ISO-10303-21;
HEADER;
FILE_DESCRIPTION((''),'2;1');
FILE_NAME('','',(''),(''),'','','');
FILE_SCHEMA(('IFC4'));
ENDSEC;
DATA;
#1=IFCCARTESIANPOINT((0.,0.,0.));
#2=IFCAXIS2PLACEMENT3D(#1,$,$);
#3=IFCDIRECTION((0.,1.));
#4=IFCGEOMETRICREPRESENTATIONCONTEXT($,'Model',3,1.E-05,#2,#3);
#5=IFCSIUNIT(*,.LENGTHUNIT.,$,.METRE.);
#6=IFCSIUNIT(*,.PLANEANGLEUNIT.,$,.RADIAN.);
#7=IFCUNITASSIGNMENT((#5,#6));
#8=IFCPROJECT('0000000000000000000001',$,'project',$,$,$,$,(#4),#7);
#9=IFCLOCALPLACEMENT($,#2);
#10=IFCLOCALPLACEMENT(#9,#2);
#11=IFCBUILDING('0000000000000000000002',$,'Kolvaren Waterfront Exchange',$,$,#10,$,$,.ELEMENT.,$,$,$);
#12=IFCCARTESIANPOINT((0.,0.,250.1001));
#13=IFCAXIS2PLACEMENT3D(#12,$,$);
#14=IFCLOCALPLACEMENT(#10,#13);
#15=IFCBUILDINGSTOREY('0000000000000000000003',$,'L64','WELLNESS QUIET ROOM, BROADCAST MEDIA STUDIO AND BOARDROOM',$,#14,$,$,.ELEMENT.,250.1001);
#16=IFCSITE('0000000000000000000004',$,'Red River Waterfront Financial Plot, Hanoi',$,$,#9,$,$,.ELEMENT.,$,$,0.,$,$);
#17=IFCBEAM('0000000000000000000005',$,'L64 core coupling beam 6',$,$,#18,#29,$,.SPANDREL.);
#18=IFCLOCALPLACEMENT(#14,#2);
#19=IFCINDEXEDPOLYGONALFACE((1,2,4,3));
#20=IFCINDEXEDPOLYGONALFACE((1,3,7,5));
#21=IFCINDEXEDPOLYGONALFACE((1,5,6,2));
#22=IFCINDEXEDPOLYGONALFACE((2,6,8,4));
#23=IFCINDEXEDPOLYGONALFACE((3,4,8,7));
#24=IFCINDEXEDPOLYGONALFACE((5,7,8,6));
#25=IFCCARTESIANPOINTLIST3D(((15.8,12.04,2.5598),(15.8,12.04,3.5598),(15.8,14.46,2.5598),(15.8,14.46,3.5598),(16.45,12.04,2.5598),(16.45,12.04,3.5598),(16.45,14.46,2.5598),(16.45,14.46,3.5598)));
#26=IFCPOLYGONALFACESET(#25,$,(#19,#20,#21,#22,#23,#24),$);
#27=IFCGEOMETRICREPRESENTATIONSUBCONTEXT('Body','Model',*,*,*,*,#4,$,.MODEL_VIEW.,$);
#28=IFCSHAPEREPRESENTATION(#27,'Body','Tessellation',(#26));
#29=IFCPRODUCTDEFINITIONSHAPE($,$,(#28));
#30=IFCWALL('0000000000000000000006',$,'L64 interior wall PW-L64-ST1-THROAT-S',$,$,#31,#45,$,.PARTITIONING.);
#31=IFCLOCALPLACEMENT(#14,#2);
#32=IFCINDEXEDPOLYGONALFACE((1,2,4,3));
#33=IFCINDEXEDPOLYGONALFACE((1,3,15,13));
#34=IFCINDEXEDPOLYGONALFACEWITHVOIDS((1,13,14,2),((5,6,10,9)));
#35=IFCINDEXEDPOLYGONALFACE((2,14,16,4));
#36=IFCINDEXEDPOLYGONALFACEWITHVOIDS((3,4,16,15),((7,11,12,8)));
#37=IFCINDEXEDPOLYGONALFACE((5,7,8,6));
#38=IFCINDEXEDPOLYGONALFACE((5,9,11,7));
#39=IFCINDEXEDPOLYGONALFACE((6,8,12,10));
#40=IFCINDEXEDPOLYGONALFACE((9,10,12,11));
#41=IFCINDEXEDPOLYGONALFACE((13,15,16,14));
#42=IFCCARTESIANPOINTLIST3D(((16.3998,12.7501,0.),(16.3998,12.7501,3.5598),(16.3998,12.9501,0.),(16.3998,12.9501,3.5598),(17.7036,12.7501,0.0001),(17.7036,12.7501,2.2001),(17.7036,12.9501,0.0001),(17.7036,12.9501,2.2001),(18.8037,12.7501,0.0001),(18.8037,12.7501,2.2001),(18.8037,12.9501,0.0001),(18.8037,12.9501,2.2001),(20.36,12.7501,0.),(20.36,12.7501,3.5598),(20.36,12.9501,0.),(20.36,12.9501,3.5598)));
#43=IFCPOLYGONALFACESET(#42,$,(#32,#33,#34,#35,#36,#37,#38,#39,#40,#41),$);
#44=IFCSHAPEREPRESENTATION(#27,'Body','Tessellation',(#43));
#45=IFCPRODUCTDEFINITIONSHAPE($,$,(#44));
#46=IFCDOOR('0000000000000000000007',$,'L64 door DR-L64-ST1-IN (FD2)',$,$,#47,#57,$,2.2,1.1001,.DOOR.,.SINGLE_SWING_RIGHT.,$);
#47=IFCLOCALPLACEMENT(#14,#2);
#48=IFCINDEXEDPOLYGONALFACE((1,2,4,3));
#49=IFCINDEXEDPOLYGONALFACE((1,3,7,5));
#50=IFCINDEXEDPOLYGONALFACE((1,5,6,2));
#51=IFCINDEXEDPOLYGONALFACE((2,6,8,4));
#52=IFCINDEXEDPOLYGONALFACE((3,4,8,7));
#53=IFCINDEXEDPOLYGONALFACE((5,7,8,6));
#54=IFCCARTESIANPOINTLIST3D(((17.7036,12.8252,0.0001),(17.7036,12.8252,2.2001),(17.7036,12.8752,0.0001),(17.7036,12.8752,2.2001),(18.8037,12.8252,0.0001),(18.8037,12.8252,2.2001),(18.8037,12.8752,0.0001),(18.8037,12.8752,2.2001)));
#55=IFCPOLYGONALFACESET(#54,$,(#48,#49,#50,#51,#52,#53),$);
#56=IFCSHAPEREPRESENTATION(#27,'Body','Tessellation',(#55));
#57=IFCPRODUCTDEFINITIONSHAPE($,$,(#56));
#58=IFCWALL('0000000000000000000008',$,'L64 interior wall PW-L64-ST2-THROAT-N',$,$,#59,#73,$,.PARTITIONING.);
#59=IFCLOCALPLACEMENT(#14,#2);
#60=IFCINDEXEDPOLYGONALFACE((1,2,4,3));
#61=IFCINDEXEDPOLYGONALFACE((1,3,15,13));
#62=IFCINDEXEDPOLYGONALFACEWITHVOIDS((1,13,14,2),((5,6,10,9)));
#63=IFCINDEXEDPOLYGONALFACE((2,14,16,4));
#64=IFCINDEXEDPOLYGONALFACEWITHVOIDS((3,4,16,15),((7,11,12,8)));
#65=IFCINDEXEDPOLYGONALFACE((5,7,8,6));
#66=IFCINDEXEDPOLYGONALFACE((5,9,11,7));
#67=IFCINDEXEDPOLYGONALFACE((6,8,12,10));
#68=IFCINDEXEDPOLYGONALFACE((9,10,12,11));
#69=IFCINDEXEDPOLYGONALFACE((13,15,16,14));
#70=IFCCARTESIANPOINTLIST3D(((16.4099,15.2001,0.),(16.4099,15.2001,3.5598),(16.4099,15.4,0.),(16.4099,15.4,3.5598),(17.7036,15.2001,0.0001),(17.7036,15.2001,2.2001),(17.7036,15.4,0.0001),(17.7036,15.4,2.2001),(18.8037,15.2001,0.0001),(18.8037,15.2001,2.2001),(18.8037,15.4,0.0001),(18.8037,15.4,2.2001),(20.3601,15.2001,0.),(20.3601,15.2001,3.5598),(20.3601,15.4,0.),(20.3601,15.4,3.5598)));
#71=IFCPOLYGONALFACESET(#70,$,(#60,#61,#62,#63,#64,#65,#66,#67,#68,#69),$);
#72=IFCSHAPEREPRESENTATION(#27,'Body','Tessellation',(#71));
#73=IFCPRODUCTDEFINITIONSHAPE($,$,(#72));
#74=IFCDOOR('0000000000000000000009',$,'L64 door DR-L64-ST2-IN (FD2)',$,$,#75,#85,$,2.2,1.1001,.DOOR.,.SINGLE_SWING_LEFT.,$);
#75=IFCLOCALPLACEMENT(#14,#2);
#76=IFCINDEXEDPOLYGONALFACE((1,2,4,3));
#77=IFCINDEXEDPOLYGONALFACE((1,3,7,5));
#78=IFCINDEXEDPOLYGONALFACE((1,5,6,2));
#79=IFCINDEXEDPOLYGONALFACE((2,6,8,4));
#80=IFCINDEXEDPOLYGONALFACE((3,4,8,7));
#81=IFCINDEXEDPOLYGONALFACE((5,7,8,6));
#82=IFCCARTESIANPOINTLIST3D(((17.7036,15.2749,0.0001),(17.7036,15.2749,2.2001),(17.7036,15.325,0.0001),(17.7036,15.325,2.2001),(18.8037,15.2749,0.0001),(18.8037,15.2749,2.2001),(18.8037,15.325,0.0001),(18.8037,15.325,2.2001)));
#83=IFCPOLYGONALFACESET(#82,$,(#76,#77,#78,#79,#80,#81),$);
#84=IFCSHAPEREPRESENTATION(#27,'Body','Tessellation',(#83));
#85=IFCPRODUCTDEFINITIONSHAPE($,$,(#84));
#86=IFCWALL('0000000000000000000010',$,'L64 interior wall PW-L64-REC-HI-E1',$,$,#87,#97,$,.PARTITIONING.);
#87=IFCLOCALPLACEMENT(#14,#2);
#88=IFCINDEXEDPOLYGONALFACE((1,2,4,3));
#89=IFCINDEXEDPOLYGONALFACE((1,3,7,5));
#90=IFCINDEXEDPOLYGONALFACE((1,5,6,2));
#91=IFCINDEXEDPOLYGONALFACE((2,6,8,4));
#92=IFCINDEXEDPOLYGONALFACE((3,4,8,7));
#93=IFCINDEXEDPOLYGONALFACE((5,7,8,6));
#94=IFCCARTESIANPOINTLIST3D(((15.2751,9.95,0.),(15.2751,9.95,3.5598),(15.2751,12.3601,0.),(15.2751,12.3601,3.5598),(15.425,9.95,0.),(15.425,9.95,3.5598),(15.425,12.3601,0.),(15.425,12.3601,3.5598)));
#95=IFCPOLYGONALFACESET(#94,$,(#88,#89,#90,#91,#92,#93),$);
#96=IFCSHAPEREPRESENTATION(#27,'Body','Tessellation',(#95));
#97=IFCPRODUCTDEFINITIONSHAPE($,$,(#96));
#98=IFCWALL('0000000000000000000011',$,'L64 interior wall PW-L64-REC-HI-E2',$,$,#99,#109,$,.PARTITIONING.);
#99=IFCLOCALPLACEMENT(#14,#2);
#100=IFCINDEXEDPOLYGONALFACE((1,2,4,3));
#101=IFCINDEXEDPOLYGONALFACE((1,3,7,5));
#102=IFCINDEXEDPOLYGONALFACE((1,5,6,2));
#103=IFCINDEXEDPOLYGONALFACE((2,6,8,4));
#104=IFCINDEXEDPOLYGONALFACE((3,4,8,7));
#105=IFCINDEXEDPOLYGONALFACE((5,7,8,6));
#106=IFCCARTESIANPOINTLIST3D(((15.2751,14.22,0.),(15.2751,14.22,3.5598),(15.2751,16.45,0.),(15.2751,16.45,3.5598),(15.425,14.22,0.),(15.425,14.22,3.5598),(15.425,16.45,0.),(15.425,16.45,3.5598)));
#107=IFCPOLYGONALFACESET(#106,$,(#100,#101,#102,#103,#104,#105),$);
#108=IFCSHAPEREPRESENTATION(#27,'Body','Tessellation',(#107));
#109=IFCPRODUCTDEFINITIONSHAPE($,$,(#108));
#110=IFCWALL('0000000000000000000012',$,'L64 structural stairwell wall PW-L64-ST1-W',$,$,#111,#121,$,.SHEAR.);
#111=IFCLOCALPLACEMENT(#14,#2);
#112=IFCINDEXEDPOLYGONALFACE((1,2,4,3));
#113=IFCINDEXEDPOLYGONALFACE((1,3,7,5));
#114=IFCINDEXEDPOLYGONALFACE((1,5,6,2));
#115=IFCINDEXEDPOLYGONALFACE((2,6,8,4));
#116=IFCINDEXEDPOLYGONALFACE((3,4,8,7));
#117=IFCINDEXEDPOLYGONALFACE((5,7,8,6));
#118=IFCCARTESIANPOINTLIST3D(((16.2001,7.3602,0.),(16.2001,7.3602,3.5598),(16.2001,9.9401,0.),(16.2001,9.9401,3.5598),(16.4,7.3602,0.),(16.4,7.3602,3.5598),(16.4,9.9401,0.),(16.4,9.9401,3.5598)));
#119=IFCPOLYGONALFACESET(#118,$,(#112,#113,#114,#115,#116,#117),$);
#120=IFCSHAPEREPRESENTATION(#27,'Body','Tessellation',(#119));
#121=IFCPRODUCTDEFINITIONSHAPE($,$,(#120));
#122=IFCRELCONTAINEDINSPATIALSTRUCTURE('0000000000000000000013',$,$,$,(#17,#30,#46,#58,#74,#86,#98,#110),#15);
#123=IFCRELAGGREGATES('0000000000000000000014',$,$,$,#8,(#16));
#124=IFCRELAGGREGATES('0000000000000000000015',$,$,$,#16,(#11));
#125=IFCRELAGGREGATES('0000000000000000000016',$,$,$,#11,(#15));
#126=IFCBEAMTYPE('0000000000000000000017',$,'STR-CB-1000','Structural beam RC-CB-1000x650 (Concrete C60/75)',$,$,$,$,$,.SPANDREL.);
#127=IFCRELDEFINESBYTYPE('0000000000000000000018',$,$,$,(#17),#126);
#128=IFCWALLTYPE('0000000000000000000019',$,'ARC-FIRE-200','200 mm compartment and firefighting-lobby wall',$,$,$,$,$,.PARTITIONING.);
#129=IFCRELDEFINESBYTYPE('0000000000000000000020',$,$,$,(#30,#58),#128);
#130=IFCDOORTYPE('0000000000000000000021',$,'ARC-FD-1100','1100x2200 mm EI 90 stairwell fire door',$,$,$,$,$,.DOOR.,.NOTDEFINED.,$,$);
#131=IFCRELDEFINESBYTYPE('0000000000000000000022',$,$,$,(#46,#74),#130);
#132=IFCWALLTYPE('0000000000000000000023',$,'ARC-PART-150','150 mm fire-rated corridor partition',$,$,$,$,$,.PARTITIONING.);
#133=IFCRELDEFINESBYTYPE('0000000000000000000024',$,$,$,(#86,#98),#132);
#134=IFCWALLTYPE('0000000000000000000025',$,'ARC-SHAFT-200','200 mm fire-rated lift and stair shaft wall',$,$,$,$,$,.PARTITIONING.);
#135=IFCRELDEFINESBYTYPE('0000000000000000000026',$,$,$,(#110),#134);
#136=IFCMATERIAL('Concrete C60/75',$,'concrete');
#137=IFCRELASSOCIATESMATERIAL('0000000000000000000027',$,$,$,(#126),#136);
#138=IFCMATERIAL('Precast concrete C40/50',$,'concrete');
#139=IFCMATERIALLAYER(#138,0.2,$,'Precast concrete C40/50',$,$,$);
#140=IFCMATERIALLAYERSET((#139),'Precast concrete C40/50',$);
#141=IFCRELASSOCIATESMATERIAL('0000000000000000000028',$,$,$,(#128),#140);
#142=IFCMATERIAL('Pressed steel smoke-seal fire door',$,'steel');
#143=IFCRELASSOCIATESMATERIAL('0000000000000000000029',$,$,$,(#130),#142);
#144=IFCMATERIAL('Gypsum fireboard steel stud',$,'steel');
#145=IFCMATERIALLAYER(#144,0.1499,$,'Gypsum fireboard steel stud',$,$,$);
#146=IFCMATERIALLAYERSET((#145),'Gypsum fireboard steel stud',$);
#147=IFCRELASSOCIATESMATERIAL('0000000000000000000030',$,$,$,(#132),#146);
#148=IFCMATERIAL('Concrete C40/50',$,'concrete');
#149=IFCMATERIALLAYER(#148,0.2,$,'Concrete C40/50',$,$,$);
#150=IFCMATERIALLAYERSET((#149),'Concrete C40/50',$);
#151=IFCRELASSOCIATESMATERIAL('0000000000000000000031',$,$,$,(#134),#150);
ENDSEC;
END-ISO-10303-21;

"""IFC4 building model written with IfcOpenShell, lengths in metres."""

from ifc_helpers import new_model, si_unit, direction, frame, frame_2d, origin, origin_2d, place, context, subcontext, project, spatial, rectangle, extrude, material, layer, layer_set, material_profile, profile_set, type_object, element, fill, save


model = new_model("IFC4")

# Units and contexts
model_context = context("Model", 3, precision=1e-05, world=origin(), true_north=direction((0.0, 1.0)))
body_context = subcontext(model_context, "Body", "Model", "MODEL_VIEW")
ifc_project = project(units=[si_unit("LENGTHUNIT", "METRE"), si_unit("PLANEANGLEUNIT", "RADIAN")], contexts=[model_context])

# Site, building, storey
site_placement = place(None, origin())
site = spatial("IfcSite", under=ifc_project, at=site_placement, Name="Red River Waterfront Financial Plot, Hanoi", CompositionType="ELEMENT", RefElevation=0.0)
building_placement = place(site_placement, origin())
building = spatial("IfcBuilding", under=site, at=building_placement, Name="Kolvaren Waterfront Exchange", CompositionType="ELEMENT")
storey_placement = place(building_placement, frame((0.0, 0.0, 250.1001)))
storey = spatial("IfcBuildingStorey", under=building, at=storey_placement, Name="L64", Description="WELLNESS QUIET ROOM, BROADCAST MEDIA STUDIO AND BOARDROOM", CompositionType="ELEMENT", Elevation=250.1001)

# Beam
ifc_material_1 = material(Name="Concrete C60/75", Category="concrete")
ifc_material_profile = material_profile(ifc_material_1, rectangle(XDim=0.6499, YDim=1.0, at=origin_2d()), Name="RC-CB-1000x650")
ifc_profile_set = profile_set([ifc_material_profile], Name="Concrete C60/75")
beam_type = type_object("IfcBeamType", Name="STR-CB-1000", Description="Structural beam RC-CB-1000x650 (Concrete C60/75)", PredefinedType="SPANDREL", material=ifc_profile_set)
beam_placement = place(storey_placement, frame((16.125, 12.04, 3.0598), z_axis=(0.0, 1.0, 0.0), x_axis=(-1.0, 0.0, 0.0)))
element("IfcBeam", 1, at=beam_placement, inside=storey, type_object=beam_type, Name="L64 core coupling beam 6", PredefinedType="SPANDREL", context=body_context, shape_type="SweptSolid", body=[
    extrude(rectangle(XDim=0.6499, YDim=1.0, at=origin_2d()), origin(), (0.0, 0.0, 1.0), 2.4199),
])

# Walls, openings, doors
ifc_material_2 = material(Name="Precast concrete C40/50", Category="concrete")
ifc_layer_1 = layer(ifc_material_2, 0.2, Name="Precast concrete C40/50")
ifc_layer_set_1 = layer_set([ifc_layer_1], Name="Precast concrete C40/50")
wall_type_1 = type_object("IfcWallType", Name="ARC-FIRE-200", Description="200 mm compartment and firefighting-lobby wall", PredefinedType="PARTITIONING", material=ifc_layer_set_1)
wall_1_placement = place(storey_placement, frame((16.3999, 12.8501, 0.0), z_axis=(0.0, 0.0, 1.0), x_axis=(1.0, 0.0, 0.0)))
wall_1 = element("IfcWall", 2, at=wall_1_placement, inside=storey, type_object=wall_type_1, Name="L64 interior wall PW-L64-ST1-THROAT-S", PredefinedType="PARTITIONING", context=body_context, shape_type="SweptSolid", body=[
    extrude(rectangle(XDim=3.9602, YDim=0.2, at=frame_2d((1.98, 0.0))), origin(), (0.0, 0.0, 1.0), 3.5598),
])
opening_1_placement = place(wall_1_placement, frame((1.3037, 0.0, 0.0)))
opening_1 = element("IfcOpeningElement", 3, at=opening_1_placement, cuts=wall_1, PredefinedType="OPENING", context=body_context, shape_type="SweptSolid", body=[
    extrude(rectangle(XDim=1.1001, YDim=2.2, at=frame_2d((0.55, 1.1001))), frame((0.0, 0.1099, 0.0), z_axis=(0.0, -1.0, 0.0), x_axis=(1.0, 0.0, 0.0)), (0.0, 0.0, 1.0), 0.22),
])
ifc_material_3 = material(Name="Pressed steel smoke-seal fire door", Category="steel")
door_type_1 = type_object("IfcDoorType", Name="ARC-FD-1100", Description="1100x2200 mm EI 90 stairwell fire door", OperationType="NOTDEFINED", PredefinedType="DOOR", material=ifc_material_3)
door_1_placement = place(opening_1_placement, frame((1.1001, 0.0, 0.0), z_axis=(0.0, 0.0, 1.0), x_axis=(-1.0, 0.0, 0.0)))
door_1 = element("IfcDoor", 4, at=door_1_placement, inside=storey, type_object=door_type_1, Name="L64 door DR-L64-ST1-IN (FD2)", OperationType="SINGLE_SWING_RIGHT", OverallHeight=2.2, OverallWidth=1.1001, PredefinedType="DOOR", context=body_context, shape_type="SweptSolid", body=[
    extrude(rectangle(XDim=1.1001, YDim=2.2, at=frame_2d((0.55, 1.1001))), frame((0.0, 0.0249, 0.0), z_axis=(0.0, -1.0, 0.0), x_axis=(1.0, 0.0, 0.0)), (0.0, 0.0, 1.0), 0.05),
])
fill(opening_1, door_1)
wall_2_placement = place(storey_placement, frame((16.4099, 15.3, 0.0), z_axis=(0.0, 0.0, 1.0), x_axis=(1.0, 0.0, 0.0)))
wall_2 = element("IfcWall", 5, at=wall_2_placement, inside=storey, type_object=wall_type_1, Name="L64 interior wall PW-L64-ST2-THROAT-N", PredefinedType="PARTITIONING", context=body_context, shape_type="SweptSolid", body=[
    extrude(rectangle(XDim=3.9502, YDim=0.2, at=frame_2d((1.9751, 0.0))), origin(), (0.0, 0.0, 1.0), 3.5598),
])
opening_2_placement = place(wall_2_placement, frame((1.2937, 0.0, 0.0)))
opening_2 = element("IfcOpeningElement", 6, at=opening_2_placement, cuts=wall_2, PredefinedType="OPENING", context=body_context, shape_type="SweptSolid", body=[
    extrude(rectangle(XDim=1.1001, YDim=2.2, at=frame_2d((0.55, 1.1001))), frame((0.0, 0.1099, 0.0), z_axis=(0.0, -1.0, 0.0), x_axis=(1.0, 0.0, 0.0)), (0.0, 0.0, 1.0), 0.22),
])
door_2_placement = place(opening_2_placement, origin())
door_2 = element("IfcDoor", 7, at=door_2_placement, inside=storey, type_object=door_type_1, Name="L64 door DR-L64-ST2-IN (FD2)", OperationType="SINGLE_SWING_LEFT", OverallHeight=2.2, OverallWidth=1.1001, PredefinedType="DOOR", context=body_context, shape_type="SweptSolid", body=[
    extrude(rectangle(XDim=1.1001, YDim=2.2, at=frame_2d((0.55, 1.1001))), frame((0.0, 0.0249, 0.0), z_axis=(0.0, -1.0, 0.0), x_axis=(1.0, 0.0, 0.0)), (0.0, 0.0, 1.0), 0.05),
])
fill(opening_2, door_2)

# Walls
ifc_material_4 = material(Name="Gypsum fireboard steel stud", Category="steel")
ifc_layer_2 = layer(ifc_material_4, 0.1499, Name="Gypsum fireboard steel stud")
ifc_layer_set_2 = layer_set([ifc_layer_2], Name="Gypsum fireboard steel stud")
wall_type_2 = type_object("IfcWallType", Name="ARC-PART-150", Description="150 mm fire-rated corridor partition", PredefinedType="PARTITIONING", material=ifc_layer_set_2)
wall_3_placement = place(storey_placement, frame((15.3501, 9.95, 0.0), z_axis=(0.0, 0.0, 1.0), x_axis=(0.0, 1.0, 0.0)))
element("IfcWall", 8, at=wall_3_placement, inside=storey, type_object=wall_type_2, Name="L64 interior wall PW-L64-REC-HI-E1", PredefinedType="PARTITIONING", context=body_context, shape_type="SweptSolid", body=[
    extrude(rectangle(XDim=2.4102, YDim=0.1499, at=frame_2d((1.2051, 0.0))), origin(), (0.0, 0.0, 1.0), 3.5598),
])
wall_4_placement = place(storey_placement, frame((15.3501, 14.22, 0.0), z_axis=(0.0, 0.0, 1.0), x_axis=(0.0, 1.0, 0.0)))
element("IfcWall", 9, at=wall_4_placement, inside=storey, type_object=wall_type_2, Name="L64 interior wall PW-L64-REC-HI-E2", PredefinedType="PARTITIONING", context=body_context, shape_type="SweptSolid", body=[
    extrude(rectangle(XDim=2.23, YDim=0.1499, at=frame_2d((1.115, 0.0))), origin(), (0.0, 0.0, 1.0), 3.5598),
])
ifc_material_5 = material(Name="Concrete C40/50", Category="concrete")
ifc_layer_3 = layer(ifc_material_5, 0.2, Name="Concrete C40/50")
ifc_layer_set_3 = layer_set([ifc_layer_3], Name="Concrete C40/50")
wall_type_3 = type_object("IfcWallType", Name="ARC-SHAFT-200", Description="200 mm fire-rated lift and stair shaft wall", PredefinedType="PARTITIONING", material=ifc_layer_set_3)
wall_5_placement = place(storey_placement, frame((16.3, 7.3601, 0.0), z_axis=(0.0, 0.0, 1.0), x_axis=(0.0, 1.0, 0.0)))
element("IfcWall", 10, at=wall_5_placement, inside=storey, type_object=wall_type_3, Name="L64 structural stairwell wall PW-L64-ST1-W", PredefinedType="SHEAR", context=body_context, shape_type="SweptSolid", body=[
    extrude(rectangle(XDim=2.5798, YDim=0.2, at=frame_2d((1.29, 0.0))), origin(), (0.0, 0.0, 1.0), 3.5598),
])

save(model, "model.ifc")
